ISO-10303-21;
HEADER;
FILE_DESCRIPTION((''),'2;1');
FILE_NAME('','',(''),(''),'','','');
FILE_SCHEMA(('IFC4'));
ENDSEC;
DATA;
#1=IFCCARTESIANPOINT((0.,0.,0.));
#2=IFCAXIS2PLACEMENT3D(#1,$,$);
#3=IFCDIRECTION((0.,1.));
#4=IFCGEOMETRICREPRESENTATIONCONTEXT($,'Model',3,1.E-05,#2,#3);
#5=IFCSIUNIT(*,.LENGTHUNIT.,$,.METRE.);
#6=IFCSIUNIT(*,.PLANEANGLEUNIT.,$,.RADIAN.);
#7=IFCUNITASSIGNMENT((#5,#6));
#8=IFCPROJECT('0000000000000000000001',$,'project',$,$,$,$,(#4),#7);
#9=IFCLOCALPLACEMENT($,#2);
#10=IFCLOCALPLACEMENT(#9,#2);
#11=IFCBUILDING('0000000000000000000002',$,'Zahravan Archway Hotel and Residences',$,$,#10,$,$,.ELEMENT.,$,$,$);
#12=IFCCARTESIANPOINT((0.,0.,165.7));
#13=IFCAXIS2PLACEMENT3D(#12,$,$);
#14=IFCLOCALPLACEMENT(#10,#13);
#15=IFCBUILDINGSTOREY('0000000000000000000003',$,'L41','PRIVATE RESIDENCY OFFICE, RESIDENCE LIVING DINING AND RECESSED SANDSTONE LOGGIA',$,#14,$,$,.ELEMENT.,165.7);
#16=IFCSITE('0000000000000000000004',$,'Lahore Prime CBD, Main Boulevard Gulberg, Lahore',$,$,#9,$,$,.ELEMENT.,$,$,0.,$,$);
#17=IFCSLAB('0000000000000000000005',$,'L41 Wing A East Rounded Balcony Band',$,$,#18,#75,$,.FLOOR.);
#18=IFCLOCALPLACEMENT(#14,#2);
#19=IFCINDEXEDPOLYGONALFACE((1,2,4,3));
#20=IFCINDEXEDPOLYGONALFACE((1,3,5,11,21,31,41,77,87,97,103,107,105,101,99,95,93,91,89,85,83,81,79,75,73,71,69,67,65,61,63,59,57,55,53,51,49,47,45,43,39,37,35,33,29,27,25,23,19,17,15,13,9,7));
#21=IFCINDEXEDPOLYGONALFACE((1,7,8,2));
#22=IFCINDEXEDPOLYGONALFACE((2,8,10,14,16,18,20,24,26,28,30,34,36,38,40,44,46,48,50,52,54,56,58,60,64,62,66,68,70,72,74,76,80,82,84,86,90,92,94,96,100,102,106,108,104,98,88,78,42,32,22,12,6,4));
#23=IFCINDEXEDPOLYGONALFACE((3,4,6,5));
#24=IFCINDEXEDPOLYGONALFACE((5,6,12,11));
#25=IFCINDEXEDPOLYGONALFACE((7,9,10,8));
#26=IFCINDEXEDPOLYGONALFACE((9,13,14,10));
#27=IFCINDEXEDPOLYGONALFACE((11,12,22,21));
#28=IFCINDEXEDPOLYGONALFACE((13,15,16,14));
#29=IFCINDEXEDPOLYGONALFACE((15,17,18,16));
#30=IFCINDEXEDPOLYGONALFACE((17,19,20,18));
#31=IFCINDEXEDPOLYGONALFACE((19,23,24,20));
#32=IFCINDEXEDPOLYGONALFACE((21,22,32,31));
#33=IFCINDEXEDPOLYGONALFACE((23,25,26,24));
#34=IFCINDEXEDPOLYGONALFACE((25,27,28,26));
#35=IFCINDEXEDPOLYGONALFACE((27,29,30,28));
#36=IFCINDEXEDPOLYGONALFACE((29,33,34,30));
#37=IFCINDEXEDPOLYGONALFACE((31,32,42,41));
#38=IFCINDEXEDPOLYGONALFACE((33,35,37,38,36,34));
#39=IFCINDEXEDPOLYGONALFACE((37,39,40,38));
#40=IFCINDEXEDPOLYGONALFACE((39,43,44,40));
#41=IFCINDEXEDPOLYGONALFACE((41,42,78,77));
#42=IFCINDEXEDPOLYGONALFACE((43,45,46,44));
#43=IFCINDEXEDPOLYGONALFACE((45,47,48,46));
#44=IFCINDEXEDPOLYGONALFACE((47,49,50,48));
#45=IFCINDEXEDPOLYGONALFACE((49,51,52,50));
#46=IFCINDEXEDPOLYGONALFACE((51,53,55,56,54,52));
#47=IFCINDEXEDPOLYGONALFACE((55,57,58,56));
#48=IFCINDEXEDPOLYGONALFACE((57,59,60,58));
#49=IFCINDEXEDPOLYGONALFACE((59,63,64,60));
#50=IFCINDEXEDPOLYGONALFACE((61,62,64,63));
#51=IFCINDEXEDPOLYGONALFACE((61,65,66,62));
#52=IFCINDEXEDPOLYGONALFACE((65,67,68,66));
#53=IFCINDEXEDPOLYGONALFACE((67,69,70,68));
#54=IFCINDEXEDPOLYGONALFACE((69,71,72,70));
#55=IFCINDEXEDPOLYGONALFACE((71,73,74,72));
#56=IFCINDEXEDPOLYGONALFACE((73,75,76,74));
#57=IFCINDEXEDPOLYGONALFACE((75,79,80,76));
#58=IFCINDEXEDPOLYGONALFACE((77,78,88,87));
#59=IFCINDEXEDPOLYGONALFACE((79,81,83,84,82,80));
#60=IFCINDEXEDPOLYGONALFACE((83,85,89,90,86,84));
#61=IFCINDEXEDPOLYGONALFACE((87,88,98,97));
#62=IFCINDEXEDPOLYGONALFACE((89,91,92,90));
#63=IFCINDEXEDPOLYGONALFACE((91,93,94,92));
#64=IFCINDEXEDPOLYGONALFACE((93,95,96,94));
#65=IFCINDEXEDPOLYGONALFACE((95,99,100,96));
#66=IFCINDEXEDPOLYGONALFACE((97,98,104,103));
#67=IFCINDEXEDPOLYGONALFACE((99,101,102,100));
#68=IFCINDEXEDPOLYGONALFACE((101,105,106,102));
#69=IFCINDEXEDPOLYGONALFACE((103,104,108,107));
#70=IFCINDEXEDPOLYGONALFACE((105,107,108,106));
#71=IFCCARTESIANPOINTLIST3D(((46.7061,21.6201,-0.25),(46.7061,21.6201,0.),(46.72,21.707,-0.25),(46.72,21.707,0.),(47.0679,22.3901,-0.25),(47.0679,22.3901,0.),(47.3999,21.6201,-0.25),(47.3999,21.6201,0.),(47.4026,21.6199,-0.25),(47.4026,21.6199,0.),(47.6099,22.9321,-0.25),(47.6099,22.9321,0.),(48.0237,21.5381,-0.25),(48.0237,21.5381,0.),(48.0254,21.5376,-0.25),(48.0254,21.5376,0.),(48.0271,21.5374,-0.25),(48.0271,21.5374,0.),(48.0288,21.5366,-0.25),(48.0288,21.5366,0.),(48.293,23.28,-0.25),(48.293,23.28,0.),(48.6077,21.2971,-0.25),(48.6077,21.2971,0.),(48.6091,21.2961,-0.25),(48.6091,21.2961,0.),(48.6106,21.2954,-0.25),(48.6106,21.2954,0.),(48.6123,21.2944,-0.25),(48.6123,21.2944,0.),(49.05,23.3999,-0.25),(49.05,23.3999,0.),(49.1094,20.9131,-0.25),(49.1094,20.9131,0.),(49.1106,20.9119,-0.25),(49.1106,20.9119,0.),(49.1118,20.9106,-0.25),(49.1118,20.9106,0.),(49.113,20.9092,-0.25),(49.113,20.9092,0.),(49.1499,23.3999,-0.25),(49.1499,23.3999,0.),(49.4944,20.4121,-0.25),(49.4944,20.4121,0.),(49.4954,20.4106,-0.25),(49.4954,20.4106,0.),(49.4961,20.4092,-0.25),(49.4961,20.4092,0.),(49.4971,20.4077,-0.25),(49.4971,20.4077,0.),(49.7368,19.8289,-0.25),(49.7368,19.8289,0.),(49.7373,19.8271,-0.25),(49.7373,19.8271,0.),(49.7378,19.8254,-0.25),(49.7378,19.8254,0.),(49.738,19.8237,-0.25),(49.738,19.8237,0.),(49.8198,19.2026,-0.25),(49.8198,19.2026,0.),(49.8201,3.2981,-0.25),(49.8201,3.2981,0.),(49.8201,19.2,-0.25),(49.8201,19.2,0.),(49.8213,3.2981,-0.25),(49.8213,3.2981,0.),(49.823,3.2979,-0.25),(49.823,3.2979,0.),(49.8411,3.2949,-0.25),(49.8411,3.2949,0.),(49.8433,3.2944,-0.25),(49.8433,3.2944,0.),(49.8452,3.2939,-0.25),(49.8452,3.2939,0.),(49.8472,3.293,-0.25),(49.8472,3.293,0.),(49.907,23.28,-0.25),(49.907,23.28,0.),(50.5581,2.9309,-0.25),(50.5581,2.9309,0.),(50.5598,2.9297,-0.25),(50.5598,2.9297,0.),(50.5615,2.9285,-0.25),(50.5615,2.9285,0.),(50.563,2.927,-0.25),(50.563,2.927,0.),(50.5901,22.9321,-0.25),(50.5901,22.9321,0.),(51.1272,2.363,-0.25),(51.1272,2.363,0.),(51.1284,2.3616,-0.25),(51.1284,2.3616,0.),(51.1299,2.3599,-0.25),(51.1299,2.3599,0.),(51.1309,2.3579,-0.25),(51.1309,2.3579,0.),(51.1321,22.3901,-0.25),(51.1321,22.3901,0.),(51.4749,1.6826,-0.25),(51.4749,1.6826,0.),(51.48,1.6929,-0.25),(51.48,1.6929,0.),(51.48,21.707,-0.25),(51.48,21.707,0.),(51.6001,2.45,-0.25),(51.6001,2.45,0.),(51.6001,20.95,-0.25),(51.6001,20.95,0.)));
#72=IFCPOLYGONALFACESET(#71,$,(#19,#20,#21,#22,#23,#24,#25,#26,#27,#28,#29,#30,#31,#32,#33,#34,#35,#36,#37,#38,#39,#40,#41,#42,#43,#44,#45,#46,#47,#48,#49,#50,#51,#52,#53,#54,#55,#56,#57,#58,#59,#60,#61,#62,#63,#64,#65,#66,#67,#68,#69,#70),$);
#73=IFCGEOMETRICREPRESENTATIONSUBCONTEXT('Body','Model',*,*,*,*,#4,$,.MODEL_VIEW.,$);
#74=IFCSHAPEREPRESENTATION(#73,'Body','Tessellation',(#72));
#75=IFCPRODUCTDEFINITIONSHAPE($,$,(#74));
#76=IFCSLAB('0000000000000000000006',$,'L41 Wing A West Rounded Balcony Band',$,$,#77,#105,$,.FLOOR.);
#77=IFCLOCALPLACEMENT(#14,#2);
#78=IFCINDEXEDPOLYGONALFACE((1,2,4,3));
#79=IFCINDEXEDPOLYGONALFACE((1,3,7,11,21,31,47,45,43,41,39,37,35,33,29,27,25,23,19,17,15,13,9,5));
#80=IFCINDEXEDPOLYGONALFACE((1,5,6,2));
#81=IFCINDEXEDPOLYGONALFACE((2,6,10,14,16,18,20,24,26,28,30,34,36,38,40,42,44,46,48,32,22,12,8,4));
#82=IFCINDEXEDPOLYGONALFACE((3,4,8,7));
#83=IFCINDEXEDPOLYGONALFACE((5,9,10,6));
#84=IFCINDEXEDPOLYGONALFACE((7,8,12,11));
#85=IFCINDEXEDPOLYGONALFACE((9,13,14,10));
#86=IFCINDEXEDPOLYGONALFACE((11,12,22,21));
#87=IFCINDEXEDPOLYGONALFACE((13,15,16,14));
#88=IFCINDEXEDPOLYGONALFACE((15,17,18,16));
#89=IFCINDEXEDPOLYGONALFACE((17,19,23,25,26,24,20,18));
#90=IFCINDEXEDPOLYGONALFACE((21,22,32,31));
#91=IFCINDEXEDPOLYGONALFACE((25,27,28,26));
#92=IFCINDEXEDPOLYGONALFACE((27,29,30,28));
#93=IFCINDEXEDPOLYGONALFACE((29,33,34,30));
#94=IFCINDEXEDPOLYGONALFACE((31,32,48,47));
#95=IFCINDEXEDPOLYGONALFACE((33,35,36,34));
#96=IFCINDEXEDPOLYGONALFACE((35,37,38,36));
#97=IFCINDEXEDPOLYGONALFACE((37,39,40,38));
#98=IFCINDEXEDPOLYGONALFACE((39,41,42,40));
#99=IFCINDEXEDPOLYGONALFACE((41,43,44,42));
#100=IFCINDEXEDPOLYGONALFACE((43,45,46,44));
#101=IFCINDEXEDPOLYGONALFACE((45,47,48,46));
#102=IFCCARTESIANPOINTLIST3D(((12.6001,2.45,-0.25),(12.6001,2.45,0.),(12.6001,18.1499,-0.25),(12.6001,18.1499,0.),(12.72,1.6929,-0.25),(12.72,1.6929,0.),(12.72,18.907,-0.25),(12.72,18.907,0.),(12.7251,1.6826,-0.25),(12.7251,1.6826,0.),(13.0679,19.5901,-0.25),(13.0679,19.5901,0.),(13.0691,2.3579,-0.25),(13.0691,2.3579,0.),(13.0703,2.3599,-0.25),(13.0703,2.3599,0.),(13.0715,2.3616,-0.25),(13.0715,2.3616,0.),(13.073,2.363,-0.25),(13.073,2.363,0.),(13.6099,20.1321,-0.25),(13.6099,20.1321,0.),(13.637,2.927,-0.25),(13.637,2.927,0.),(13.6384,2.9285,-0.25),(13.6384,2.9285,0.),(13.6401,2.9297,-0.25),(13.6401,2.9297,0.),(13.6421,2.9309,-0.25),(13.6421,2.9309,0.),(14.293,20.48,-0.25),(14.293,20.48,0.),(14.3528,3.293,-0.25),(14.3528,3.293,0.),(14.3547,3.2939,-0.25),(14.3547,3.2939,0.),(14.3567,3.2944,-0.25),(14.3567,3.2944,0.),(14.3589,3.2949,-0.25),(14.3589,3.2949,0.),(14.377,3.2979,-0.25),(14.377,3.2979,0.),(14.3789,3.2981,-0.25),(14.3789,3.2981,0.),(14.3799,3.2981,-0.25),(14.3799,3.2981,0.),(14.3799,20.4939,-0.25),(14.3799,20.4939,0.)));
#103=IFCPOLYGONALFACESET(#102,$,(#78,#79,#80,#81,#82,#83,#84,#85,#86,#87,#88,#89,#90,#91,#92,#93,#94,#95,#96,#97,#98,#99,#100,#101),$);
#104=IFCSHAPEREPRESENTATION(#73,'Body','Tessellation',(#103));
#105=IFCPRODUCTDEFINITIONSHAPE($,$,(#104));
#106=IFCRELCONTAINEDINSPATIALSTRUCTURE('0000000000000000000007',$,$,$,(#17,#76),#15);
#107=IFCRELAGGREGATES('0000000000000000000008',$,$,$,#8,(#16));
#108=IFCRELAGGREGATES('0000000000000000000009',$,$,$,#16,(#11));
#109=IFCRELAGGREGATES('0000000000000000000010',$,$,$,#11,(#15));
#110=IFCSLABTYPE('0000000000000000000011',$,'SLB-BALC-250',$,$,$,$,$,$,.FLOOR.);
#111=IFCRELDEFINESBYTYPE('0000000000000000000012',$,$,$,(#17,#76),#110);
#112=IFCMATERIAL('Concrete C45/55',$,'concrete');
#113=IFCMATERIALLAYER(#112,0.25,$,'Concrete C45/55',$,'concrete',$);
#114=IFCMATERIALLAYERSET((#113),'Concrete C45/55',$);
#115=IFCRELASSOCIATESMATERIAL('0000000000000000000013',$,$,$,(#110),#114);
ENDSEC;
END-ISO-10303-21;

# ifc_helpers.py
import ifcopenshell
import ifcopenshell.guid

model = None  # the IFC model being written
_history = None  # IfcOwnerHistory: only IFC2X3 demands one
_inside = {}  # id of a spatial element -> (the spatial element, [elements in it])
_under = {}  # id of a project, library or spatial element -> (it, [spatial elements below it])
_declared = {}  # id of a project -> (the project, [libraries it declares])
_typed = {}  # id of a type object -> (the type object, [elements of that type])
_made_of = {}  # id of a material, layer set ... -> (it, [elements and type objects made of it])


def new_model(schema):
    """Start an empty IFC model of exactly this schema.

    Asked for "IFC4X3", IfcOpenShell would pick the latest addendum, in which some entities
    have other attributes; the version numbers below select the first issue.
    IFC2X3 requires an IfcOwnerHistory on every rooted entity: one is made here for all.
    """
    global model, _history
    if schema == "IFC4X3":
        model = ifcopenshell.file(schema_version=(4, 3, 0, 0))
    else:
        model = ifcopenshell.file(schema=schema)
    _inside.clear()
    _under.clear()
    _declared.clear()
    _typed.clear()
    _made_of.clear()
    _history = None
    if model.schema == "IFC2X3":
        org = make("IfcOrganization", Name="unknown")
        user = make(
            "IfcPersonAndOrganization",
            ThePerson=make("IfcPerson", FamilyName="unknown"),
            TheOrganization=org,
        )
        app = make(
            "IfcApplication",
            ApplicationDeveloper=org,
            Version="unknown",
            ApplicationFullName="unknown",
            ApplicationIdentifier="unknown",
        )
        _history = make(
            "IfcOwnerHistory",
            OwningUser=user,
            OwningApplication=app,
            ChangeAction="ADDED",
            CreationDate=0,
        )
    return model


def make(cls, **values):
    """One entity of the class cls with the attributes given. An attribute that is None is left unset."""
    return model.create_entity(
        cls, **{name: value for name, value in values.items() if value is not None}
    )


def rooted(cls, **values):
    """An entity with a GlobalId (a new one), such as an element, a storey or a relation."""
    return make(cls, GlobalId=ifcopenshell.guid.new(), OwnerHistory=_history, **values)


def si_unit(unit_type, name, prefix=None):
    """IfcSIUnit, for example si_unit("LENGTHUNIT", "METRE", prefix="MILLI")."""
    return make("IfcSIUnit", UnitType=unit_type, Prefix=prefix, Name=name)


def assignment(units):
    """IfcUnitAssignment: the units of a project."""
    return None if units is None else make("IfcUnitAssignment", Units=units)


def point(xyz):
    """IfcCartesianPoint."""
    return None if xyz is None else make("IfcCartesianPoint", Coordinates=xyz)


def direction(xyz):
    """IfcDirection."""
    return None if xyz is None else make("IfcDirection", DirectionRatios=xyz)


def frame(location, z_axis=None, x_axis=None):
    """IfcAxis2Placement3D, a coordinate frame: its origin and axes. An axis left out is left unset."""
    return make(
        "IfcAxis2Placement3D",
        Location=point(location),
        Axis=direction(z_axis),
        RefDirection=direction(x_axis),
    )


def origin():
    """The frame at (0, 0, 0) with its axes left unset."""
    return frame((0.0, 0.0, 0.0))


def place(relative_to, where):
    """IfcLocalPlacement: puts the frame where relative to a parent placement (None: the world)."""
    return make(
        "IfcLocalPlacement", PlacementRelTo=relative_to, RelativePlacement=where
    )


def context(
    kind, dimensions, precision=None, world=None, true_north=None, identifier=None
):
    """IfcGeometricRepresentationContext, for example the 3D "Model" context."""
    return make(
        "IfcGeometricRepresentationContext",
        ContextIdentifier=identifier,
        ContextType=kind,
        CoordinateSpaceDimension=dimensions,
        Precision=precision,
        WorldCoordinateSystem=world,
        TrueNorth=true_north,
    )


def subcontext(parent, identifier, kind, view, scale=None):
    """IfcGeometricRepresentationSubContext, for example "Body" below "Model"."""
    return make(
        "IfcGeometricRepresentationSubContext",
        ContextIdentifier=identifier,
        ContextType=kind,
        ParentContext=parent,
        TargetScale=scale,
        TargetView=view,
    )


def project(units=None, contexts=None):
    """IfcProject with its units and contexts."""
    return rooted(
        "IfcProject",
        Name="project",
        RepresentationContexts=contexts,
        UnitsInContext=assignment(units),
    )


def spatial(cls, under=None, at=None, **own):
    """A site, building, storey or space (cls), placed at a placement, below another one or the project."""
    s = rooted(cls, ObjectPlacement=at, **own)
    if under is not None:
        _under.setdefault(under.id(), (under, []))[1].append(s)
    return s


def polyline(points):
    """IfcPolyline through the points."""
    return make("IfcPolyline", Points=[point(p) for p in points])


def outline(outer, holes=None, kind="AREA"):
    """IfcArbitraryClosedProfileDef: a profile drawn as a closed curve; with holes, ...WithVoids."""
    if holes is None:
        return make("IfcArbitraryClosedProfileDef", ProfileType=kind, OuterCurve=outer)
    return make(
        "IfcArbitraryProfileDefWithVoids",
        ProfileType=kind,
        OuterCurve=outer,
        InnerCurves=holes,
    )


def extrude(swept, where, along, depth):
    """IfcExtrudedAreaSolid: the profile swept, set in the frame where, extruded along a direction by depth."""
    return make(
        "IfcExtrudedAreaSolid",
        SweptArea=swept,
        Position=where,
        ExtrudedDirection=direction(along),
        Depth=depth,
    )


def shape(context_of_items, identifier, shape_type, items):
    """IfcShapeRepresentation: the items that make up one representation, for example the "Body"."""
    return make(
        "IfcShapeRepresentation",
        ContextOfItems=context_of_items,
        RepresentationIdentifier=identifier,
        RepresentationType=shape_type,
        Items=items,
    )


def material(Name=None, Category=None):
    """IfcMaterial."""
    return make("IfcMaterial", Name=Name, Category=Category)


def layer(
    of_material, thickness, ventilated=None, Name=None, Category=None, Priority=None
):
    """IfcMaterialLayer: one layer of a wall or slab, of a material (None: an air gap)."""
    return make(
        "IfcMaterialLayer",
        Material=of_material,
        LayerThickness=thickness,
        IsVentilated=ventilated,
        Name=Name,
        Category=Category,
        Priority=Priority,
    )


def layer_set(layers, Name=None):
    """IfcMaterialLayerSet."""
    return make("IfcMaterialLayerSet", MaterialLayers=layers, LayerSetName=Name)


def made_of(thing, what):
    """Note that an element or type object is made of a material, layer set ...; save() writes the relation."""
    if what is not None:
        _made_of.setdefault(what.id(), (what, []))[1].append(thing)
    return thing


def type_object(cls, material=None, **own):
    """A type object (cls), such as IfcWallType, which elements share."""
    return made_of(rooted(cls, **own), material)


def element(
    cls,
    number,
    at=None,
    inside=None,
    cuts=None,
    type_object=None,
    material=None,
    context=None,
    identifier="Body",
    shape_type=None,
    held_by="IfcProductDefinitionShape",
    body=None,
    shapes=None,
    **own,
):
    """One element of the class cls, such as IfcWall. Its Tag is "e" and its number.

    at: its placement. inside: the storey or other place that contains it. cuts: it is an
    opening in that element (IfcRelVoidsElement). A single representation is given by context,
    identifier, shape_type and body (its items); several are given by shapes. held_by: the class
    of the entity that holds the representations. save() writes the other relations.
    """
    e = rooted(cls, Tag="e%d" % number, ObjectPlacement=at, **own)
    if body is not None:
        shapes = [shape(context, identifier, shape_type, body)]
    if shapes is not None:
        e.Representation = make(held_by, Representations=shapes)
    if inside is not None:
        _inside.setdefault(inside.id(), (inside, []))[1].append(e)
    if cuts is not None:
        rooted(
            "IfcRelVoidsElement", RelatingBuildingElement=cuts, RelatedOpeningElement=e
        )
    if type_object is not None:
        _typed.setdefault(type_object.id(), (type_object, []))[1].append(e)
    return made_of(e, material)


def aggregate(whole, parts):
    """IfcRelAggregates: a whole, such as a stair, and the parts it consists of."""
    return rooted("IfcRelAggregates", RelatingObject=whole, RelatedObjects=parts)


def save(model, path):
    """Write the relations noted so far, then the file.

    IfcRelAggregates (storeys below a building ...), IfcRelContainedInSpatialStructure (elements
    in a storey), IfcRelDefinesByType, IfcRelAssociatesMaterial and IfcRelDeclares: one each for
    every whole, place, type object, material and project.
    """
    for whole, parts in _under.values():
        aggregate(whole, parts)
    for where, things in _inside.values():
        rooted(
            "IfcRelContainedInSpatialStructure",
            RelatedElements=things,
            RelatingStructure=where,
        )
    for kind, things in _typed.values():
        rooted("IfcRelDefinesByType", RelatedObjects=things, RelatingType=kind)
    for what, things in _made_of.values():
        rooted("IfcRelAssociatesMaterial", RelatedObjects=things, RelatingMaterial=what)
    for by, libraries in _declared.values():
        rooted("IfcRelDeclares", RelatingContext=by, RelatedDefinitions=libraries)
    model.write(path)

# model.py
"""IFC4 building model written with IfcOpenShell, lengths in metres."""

from ifc_helpers import new_model, si_unit, direction, frame, origin, place, context, subcontext, project, spatial, polyline, outline, extrude, material, layer, layer_set, type_object, element, save


model = new_model("IFC4")

# Units and contexts
model_context = context("Model", 3, precision=1e-05, world=origin(), true_north=direction((0.0, 1.0)))
body_context = subcontext(model_context, "Body", "Model", "MODEL_VIEW")
ifc_project = project(units=[si_unit("LENGTHUNIT", "METRE"), si_unit("PLANEANGLEUNIT", "RADIAN")], contexts=[model_context])

# Site, building, storey
site_placement = place(None, origin())
site = spatial("IfcSite", under=ifc_project, at=site_placement, Name="Lahore Prime CBD, Main Boulevard Gulberg, Lahore", CompositionType="ELEMENT", RefElevation=0.0)
building_placement = place(site_placement, origin())
building = spatial("IfcBuilding", under=site, at=building_placement, Name="Zahravan Archway Hotel and Residences", CompositionType="ELEMENT")
storey_placement = place(building_placement, frame((0.0, 0.0, 165.7)))
storey = spatial("IfcBuildingStorey", under=building, at=storey_placement, Name="L41", Description="PRIVATE RESIDENCY OFFICE, RESIDENCE LIVING DINING AND RECESSED SANDSTONE LOGGIA", CompositionType="ELEMENT", Elevation=165.7)

# Slabs
ifc_material_1 = material(Name="Concrete C45/55", Category="concrete")
ifc_layer_1 = layer(ifc_material_1, 0.25, Name="Concrete C45/55", Category="concrete")
ifc_layer_set_1 = layer_set([ifc_layer_1], Name="Concrete C45/55")
slab_type_1 = type_object("IfcSlabType", Name="SLB-BALC-250", PredefinedType="FLOOR", material=ifc_layer_set_1)
slab_1_placement = place(storey_placement, frame((0.0, 0.0, -0.25)))
element("IfcSlab", 1, at=slab_1_placement, inside=storey, type_object=slab_type_1, Name="L41 Wing A East Rounded Balcony Band", PredefinedType="FLOOR", context=body_context, shape_type="SweptSolid", body=[
    extrude(outline(polyline([(46.72, 21.707), (47.0679, 22.3901), (47.6099, 22.9321), (48.293, 23.28), (49.05, 23.3999), (49.1499, 23.3999), (49.907, 23.28), (50.5901, 22.9321), (51.1321, 22.3901), (51.48, 21.707), (51.6001, 20.95), (51.6001, 2.45), (51.48, 1.6929), (51.4749, 1.6826), (51.1309, 2.3579), (51.1299, 2.3599), (51.1284, 2.3616), (51.1272, 2.363), (50.563, 2.927), (50.5615, 2.9285), (50.5598, 2.9297), (50.5581, 2.9309), (49.8472, 3.293), (49.8452, 3.2939), (49.8433, 3.2944), (49.8411, 3.2949), (49.823, 3.2979), (49.8213, 3.2981), (49.8201, 3.2981), (49.8201, 19.2), (49.8198, 19.2026), (49.738, 19.8237), (49.7378, 19.8254), (49.7373, 19.8271), (49.7368, 19.8289), (49.4971, 20.4077), (49.4961, 20.4092), (49.4954, 20.4106), (49.4944, 20.4121), (49.113, 20.9092), (49.1118, 20.9106), (49.1106, 20.9119), (49.1094, 20.9131), (48.6123, 21.2944), (48.6106, 21.2954), (48.6091, 21.2961), (48.6077, 21.2971), (48.0288, 21.5366), (48.0271, 21.5374), (48.0254, 21.5376), (48.0237, 21.5381), (47.4026, 21.6199), (47.3999, 21.6201), (46.7061, 21.6201), (46.72, 21.707)])), origin(), (0.0, 0.0, 1.0), 0.25),
])
slab_2_placement = place(storey_placement, frame((0.0, 0.0, -0.25)))
element("IfcSlab", 2, at=slab_2_placement, inside=storey, type_object=slab_type_1, Name="L41 Wing A West Rounded Balcony Band", PredefinedType="FLOOR", context=body_context, shape_type="SweptSolid", body=[
    extrude(outline(polyline([(12.72, 1.6929), (12.6001, 2.45), (12.6001, 18.1499), (12.72, 18.907), (13.0679, 19.5901), (13.6099, 20.1321), (14.293, 20.48), (14.3799, 20.4939), (14.3799, 3.2981), (14.3789, 3.2981), (14.377, 3.2979), (14.3589, 3.2949), (14.3567, 3.2944), (14.3547, 3.2939), (14.3528, 3.293), (13.6421, 2.9309), (13.6401, 2.9297), (13.6384, 2.9285), (13.637, 2.927), (13.073, 2.363), (13.0715, 2.3616), (13.0703, 2.3599), (13.0691, 2.3579), (12.7251, 1.6826), (12.72, 1.6929)])), origin(), (0.0, 0.0, 1.0), 0.25),
])

save(model, "model.ifc")
